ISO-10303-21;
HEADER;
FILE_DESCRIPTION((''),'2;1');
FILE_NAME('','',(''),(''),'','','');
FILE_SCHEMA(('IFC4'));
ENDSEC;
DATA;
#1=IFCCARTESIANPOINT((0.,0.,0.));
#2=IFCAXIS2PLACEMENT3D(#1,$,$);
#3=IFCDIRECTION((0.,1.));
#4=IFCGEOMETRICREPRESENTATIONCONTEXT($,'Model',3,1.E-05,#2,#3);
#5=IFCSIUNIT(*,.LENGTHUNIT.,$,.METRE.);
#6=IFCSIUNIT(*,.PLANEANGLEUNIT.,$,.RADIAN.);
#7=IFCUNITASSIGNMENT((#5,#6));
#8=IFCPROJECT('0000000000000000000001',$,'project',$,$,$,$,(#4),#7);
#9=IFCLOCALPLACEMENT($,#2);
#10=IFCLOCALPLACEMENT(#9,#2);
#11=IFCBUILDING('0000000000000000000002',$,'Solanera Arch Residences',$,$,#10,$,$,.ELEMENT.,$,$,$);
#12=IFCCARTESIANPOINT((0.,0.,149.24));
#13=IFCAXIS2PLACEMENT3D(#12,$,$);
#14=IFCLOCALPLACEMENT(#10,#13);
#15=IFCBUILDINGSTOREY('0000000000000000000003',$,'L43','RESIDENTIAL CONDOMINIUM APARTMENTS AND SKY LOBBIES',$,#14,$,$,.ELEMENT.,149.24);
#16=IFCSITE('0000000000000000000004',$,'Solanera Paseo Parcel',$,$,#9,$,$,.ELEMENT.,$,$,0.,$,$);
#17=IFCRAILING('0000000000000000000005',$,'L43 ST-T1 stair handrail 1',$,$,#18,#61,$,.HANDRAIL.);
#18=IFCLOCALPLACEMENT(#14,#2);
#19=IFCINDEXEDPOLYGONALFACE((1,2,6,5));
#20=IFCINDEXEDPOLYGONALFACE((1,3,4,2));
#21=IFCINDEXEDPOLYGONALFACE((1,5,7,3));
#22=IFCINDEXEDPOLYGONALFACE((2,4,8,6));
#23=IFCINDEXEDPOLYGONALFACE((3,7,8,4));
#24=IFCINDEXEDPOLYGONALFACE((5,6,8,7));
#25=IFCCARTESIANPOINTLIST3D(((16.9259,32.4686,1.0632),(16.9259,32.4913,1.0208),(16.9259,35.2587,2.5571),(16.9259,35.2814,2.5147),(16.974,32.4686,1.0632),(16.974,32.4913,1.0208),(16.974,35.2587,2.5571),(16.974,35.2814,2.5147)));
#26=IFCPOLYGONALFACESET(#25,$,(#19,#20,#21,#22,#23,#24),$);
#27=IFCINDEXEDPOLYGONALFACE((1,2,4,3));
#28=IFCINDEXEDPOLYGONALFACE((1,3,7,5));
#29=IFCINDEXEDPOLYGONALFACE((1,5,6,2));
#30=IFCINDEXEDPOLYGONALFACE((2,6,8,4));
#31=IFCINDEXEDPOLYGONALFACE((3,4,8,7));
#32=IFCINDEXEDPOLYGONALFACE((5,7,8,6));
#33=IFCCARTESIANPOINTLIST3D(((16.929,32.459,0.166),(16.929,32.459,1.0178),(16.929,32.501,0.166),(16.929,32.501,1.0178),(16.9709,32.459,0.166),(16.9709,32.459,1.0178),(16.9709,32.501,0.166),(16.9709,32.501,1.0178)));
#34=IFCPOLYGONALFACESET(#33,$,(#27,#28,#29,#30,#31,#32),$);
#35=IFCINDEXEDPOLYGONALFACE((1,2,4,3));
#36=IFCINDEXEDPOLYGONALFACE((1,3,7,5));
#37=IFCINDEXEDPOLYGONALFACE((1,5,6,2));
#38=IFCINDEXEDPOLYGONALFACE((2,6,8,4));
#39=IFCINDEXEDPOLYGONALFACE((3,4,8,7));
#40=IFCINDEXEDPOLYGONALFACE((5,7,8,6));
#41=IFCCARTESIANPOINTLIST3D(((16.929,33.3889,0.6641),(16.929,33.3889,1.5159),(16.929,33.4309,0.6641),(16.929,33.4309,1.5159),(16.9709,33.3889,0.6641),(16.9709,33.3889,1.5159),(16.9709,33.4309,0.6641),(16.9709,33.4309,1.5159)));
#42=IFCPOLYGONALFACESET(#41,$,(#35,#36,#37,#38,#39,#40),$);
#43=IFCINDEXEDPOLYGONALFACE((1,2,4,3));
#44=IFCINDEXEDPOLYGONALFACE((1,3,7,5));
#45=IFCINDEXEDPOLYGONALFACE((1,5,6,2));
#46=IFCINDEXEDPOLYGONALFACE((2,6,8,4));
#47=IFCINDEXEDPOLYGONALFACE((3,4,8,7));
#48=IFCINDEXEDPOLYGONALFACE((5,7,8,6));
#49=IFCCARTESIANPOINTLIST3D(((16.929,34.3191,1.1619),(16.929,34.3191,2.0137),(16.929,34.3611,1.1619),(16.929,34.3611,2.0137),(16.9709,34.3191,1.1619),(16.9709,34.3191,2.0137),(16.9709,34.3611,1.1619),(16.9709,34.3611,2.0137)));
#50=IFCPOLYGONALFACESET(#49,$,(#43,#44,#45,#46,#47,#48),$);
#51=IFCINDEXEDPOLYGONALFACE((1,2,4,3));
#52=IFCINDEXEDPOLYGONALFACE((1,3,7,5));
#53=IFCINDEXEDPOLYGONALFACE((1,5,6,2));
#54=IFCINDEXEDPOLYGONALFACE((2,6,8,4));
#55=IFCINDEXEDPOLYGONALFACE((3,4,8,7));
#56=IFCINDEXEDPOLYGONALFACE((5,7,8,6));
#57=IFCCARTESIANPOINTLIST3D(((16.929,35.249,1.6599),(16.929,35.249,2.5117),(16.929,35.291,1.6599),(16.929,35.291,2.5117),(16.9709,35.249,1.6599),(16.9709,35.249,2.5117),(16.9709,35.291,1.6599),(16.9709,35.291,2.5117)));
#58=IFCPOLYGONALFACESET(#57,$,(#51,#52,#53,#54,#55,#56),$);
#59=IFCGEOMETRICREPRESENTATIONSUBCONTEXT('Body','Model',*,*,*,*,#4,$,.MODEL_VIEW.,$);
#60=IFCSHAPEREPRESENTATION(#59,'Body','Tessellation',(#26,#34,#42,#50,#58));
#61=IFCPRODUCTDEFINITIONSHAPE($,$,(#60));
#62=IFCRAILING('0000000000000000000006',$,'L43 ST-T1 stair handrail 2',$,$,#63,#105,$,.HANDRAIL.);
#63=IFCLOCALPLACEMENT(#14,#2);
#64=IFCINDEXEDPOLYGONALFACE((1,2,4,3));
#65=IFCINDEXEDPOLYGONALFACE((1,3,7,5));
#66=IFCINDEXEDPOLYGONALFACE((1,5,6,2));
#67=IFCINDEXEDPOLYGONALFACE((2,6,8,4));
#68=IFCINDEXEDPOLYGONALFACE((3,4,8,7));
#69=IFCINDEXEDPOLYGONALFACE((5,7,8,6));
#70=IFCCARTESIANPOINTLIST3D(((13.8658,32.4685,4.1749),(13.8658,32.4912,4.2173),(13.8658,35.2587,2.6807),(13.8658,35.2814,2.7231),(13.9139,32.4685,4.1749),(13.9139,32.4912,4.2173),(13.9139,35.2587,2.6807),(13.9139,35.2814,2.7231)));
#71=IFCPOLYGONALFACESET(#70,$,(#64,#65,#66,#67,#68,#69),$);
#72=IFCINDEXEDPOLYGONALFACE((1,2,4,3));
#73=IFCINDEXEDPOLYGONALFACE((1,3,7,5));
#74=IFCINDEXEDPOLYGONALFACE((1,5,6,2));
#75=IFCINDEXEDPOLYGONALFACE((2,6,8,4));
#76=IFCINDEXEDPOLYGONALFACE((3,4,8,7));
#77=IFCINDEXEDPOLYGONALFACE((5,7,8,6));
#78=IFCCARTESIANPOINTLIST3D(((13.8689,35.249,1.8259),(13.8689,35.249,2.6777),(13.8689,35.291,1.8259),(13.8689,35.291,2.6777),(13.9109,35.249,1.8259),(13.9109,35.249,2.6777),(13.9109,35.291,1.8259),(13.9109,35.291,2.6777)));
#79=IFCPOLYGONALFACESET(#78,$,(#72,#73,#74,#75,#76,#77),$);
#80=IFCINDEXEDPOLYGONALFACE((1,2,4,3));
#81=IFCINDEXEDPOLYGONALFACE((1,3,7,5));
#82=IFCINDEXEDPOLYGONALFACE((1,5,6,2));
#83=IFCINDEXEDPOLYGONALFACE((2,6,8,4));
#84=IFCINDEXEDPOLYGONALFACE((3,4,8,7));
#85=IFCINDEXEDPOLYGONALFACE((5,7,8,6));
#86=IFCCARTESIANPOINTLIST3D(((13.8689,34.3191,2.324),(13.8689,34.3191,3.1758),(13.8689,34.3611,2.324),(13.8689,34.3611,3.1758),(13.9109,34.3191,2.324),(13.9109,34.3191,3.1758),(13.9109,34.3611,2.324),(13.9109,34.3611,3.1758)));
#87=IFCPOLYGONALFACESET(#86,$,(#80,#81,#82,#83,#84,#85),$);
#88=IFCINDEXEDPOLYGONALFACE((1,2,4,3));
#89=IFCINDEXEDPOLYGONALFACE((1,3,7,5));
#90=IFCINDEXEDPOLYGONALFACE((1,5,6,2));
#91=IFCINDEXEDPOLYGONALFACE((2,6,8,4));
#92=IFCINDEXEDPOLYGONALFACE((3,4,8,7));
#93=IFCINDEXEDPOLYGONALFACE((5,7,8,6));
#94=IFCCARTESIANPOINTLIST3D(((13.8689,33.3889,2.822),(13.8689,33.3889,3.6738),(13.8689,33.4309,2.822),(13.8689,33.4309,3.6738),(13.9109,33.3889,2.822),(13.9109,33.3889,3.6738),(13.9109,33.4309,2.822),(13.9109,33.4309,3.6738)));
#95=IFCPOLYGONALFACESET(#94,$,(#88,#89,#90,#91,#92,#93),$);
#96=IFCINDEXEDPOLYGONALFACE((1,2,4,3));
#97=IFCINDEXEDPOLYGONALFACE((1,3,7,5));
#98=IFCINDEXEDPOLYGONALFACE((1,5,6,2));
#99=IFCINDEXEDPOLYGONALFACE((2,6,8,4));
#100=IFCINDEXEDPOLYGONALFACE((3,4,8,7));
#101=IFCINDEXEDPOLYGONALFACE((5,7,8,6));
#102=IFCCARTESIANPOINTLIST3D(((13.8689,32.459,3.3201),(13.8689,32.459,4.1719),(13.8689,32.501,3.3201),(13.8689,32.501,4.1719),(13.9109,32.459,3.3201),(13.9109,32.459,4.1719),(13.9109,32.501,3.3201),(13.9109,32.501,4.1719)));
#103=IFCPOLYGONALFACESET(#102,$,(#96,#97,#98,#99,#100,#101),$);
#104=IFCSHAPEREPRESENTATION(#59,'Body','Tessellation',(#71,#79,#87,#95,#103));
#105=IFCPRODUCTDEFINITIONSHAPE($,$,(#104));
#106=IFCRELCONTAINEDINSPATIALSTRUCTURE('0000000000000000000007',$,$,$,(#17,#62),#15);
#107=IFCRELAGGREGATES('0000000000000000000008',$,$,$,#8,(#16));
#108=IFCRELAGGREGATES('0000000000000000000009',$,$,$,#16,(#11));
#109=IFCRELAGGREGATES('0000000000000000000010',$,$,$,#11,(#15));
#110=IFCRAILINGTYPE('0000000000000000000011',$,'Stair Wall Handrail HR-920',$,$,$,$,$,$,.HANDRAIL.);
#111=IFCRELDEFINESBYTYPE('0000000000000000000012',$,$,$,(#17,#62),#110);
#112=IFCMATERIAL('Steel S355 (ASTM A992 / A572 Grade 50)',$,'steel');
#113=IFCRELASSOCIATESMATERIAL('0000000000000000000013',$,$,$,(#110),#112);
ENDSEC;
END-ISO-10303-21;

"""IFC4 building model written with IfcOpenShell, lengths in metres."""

from ifc_helpers import new_model, si_unit, direction, frame, origin, origin_2d, place, context, subcontext, project, spatial, rectangle, extrude, material, type_object, element, save


model = new_model("IFC4")

# Units and contexts
model_context = context("Model", 3, precision=1e-05, world=origin(), true_north=direction((0.0, 1.0)))
body_context = subcontext(model_context, "Body", "Model", "MODEL_VIEW")
ifc_project = project(units=[si_unit("LENGTHUNIT", "METRE"), si_unit("PLANEANGLEUNIT", "RADIAN")], contexts=[model_context])

# Site, building, storey
site_placement = place(None, origin())
site = spatial("IfcSite", under=ifc_project, at=site_placement, Name="Solanera Paseo Parcel", CompositionType="ELEMENT", RefElevation=0.0)
building_placement = place(site_placement, origin())
building = spatial("IfcBuilding", under=site, at=building_placement, Name="Solanera Arch Residences", CompositionType="ELEMENT")
storey_placement = place(building_placement, frame((0.0, 0.0, 149.24)))
storey = spatial("IfcBuildingStorey", under=building, at=storey_placement, Name="L43", Description="RESIDENTIAL CONDOMINIUM APARTMENTS AND SKY LOBBIES", CompositionType="ELEMENT", Elevation=149.24)

# Railings
ifc_material_1 = material(Name="Steel S355 (ASTM A992 / A572 Grade 50)", Category="steel")
railing_type_1 = type_object("IfcRailingType", Name="Stair Wall Handrail HR-920", PredefinedType="HANDRAIL", material=ifc_material_1)
railing_1_placement = place(storey_placement, frame((16.95, 32.48, 0.166)))
element("IfcRailing", 1, at=railing_1_placement, inside=storey, type_object=railing_type_1, Name="L43 ST-T1 stair handrail 1", PredefinedType="HANDRAIL", context=body_context, shape_type="SweptSolid", body=[
    extrude(rectangle(XDim=0.0481, YDim=0.0481, at=origin_2d()), frame((0.0, 0.0, 0.876), z_axis=(0.0, 0.881581, 0.472033), x_axis=(-1.0, 0.0, 0.0)), (0.0, 0.0, 1.0), 3.1648),
    extrude(rectangle(XDim=0.042, YDim=0.042, at=origin_2d()), origin(), (0.0, 0.0, 1.0), 0.8518),
    extrude(rectangle(XDim=0.042, YDim=0.042, at=origin_2d()), frame((0.0, 0.9299, 0.498)), (0.0, 0.0, 1.0), 0.8518),
    extrude(rectangle(XDim=0.042, YDim=0.042, at=origin_2d()), frame((0.0, 1.8601, 0.9958)), (0.0, 0.0, 1.0), 0.8518),
    extrude(rectangle(XDim=0.042, YDim=0.042, at=origin_2d()), frame((0.0, 2.79, 1.4939)), (0.0, 0.0, 1.0), 0.8518),
])
railing_2_placement = place(storey_placement, frame((13.8899, 35.27, 1.8259)))
element("IfcRailing", 2, at=railing_2_placement, inside=storey, type_object=railing_type_1, Name="L43 ST-T1 stair handrail 2", PredefinedType="HANDRAIL", context=body_context, shape_type="SweptSolid", body=[
    extrude(rectangle(XDim=0.0481, YDim=0.0481, at=origin_2d()), frame((0.0, 0.0, 0.876), z_axis=(0.0, -0.881549, 0.472093), x_axis=(1.0, 0.0, 0.0)), (0.0, 0.0, 1.0), 3.165),
    extrude(rectangle(XDim=0.042, YDim=0.042, at=origin_2d()), origin(), (0.0, 0.0, 1.0), 0.8518),
    extrude(rectangle(XDim=0.042, YDim=0.042, at=origin_2d()), frame((0.0, -0.9299, 0.498)), (0.0, 0.0, 1.0), 0.8518),
    extrude(rectangle(XDim=0.042, YDim=0.042, at=origin_2d()), frame((0.0, -1.8601, 0.9961)), (0.0, 0.0, 1.0), 0.8518),
    extrude(rectangle(XDim=0.042, YDim=0.042, at=origin_2d()), frame((0.0, -2.79, 1.4941)), (0.0, 0.0, 1.0), 0.8518),
])

save(model, "model.ifc")
